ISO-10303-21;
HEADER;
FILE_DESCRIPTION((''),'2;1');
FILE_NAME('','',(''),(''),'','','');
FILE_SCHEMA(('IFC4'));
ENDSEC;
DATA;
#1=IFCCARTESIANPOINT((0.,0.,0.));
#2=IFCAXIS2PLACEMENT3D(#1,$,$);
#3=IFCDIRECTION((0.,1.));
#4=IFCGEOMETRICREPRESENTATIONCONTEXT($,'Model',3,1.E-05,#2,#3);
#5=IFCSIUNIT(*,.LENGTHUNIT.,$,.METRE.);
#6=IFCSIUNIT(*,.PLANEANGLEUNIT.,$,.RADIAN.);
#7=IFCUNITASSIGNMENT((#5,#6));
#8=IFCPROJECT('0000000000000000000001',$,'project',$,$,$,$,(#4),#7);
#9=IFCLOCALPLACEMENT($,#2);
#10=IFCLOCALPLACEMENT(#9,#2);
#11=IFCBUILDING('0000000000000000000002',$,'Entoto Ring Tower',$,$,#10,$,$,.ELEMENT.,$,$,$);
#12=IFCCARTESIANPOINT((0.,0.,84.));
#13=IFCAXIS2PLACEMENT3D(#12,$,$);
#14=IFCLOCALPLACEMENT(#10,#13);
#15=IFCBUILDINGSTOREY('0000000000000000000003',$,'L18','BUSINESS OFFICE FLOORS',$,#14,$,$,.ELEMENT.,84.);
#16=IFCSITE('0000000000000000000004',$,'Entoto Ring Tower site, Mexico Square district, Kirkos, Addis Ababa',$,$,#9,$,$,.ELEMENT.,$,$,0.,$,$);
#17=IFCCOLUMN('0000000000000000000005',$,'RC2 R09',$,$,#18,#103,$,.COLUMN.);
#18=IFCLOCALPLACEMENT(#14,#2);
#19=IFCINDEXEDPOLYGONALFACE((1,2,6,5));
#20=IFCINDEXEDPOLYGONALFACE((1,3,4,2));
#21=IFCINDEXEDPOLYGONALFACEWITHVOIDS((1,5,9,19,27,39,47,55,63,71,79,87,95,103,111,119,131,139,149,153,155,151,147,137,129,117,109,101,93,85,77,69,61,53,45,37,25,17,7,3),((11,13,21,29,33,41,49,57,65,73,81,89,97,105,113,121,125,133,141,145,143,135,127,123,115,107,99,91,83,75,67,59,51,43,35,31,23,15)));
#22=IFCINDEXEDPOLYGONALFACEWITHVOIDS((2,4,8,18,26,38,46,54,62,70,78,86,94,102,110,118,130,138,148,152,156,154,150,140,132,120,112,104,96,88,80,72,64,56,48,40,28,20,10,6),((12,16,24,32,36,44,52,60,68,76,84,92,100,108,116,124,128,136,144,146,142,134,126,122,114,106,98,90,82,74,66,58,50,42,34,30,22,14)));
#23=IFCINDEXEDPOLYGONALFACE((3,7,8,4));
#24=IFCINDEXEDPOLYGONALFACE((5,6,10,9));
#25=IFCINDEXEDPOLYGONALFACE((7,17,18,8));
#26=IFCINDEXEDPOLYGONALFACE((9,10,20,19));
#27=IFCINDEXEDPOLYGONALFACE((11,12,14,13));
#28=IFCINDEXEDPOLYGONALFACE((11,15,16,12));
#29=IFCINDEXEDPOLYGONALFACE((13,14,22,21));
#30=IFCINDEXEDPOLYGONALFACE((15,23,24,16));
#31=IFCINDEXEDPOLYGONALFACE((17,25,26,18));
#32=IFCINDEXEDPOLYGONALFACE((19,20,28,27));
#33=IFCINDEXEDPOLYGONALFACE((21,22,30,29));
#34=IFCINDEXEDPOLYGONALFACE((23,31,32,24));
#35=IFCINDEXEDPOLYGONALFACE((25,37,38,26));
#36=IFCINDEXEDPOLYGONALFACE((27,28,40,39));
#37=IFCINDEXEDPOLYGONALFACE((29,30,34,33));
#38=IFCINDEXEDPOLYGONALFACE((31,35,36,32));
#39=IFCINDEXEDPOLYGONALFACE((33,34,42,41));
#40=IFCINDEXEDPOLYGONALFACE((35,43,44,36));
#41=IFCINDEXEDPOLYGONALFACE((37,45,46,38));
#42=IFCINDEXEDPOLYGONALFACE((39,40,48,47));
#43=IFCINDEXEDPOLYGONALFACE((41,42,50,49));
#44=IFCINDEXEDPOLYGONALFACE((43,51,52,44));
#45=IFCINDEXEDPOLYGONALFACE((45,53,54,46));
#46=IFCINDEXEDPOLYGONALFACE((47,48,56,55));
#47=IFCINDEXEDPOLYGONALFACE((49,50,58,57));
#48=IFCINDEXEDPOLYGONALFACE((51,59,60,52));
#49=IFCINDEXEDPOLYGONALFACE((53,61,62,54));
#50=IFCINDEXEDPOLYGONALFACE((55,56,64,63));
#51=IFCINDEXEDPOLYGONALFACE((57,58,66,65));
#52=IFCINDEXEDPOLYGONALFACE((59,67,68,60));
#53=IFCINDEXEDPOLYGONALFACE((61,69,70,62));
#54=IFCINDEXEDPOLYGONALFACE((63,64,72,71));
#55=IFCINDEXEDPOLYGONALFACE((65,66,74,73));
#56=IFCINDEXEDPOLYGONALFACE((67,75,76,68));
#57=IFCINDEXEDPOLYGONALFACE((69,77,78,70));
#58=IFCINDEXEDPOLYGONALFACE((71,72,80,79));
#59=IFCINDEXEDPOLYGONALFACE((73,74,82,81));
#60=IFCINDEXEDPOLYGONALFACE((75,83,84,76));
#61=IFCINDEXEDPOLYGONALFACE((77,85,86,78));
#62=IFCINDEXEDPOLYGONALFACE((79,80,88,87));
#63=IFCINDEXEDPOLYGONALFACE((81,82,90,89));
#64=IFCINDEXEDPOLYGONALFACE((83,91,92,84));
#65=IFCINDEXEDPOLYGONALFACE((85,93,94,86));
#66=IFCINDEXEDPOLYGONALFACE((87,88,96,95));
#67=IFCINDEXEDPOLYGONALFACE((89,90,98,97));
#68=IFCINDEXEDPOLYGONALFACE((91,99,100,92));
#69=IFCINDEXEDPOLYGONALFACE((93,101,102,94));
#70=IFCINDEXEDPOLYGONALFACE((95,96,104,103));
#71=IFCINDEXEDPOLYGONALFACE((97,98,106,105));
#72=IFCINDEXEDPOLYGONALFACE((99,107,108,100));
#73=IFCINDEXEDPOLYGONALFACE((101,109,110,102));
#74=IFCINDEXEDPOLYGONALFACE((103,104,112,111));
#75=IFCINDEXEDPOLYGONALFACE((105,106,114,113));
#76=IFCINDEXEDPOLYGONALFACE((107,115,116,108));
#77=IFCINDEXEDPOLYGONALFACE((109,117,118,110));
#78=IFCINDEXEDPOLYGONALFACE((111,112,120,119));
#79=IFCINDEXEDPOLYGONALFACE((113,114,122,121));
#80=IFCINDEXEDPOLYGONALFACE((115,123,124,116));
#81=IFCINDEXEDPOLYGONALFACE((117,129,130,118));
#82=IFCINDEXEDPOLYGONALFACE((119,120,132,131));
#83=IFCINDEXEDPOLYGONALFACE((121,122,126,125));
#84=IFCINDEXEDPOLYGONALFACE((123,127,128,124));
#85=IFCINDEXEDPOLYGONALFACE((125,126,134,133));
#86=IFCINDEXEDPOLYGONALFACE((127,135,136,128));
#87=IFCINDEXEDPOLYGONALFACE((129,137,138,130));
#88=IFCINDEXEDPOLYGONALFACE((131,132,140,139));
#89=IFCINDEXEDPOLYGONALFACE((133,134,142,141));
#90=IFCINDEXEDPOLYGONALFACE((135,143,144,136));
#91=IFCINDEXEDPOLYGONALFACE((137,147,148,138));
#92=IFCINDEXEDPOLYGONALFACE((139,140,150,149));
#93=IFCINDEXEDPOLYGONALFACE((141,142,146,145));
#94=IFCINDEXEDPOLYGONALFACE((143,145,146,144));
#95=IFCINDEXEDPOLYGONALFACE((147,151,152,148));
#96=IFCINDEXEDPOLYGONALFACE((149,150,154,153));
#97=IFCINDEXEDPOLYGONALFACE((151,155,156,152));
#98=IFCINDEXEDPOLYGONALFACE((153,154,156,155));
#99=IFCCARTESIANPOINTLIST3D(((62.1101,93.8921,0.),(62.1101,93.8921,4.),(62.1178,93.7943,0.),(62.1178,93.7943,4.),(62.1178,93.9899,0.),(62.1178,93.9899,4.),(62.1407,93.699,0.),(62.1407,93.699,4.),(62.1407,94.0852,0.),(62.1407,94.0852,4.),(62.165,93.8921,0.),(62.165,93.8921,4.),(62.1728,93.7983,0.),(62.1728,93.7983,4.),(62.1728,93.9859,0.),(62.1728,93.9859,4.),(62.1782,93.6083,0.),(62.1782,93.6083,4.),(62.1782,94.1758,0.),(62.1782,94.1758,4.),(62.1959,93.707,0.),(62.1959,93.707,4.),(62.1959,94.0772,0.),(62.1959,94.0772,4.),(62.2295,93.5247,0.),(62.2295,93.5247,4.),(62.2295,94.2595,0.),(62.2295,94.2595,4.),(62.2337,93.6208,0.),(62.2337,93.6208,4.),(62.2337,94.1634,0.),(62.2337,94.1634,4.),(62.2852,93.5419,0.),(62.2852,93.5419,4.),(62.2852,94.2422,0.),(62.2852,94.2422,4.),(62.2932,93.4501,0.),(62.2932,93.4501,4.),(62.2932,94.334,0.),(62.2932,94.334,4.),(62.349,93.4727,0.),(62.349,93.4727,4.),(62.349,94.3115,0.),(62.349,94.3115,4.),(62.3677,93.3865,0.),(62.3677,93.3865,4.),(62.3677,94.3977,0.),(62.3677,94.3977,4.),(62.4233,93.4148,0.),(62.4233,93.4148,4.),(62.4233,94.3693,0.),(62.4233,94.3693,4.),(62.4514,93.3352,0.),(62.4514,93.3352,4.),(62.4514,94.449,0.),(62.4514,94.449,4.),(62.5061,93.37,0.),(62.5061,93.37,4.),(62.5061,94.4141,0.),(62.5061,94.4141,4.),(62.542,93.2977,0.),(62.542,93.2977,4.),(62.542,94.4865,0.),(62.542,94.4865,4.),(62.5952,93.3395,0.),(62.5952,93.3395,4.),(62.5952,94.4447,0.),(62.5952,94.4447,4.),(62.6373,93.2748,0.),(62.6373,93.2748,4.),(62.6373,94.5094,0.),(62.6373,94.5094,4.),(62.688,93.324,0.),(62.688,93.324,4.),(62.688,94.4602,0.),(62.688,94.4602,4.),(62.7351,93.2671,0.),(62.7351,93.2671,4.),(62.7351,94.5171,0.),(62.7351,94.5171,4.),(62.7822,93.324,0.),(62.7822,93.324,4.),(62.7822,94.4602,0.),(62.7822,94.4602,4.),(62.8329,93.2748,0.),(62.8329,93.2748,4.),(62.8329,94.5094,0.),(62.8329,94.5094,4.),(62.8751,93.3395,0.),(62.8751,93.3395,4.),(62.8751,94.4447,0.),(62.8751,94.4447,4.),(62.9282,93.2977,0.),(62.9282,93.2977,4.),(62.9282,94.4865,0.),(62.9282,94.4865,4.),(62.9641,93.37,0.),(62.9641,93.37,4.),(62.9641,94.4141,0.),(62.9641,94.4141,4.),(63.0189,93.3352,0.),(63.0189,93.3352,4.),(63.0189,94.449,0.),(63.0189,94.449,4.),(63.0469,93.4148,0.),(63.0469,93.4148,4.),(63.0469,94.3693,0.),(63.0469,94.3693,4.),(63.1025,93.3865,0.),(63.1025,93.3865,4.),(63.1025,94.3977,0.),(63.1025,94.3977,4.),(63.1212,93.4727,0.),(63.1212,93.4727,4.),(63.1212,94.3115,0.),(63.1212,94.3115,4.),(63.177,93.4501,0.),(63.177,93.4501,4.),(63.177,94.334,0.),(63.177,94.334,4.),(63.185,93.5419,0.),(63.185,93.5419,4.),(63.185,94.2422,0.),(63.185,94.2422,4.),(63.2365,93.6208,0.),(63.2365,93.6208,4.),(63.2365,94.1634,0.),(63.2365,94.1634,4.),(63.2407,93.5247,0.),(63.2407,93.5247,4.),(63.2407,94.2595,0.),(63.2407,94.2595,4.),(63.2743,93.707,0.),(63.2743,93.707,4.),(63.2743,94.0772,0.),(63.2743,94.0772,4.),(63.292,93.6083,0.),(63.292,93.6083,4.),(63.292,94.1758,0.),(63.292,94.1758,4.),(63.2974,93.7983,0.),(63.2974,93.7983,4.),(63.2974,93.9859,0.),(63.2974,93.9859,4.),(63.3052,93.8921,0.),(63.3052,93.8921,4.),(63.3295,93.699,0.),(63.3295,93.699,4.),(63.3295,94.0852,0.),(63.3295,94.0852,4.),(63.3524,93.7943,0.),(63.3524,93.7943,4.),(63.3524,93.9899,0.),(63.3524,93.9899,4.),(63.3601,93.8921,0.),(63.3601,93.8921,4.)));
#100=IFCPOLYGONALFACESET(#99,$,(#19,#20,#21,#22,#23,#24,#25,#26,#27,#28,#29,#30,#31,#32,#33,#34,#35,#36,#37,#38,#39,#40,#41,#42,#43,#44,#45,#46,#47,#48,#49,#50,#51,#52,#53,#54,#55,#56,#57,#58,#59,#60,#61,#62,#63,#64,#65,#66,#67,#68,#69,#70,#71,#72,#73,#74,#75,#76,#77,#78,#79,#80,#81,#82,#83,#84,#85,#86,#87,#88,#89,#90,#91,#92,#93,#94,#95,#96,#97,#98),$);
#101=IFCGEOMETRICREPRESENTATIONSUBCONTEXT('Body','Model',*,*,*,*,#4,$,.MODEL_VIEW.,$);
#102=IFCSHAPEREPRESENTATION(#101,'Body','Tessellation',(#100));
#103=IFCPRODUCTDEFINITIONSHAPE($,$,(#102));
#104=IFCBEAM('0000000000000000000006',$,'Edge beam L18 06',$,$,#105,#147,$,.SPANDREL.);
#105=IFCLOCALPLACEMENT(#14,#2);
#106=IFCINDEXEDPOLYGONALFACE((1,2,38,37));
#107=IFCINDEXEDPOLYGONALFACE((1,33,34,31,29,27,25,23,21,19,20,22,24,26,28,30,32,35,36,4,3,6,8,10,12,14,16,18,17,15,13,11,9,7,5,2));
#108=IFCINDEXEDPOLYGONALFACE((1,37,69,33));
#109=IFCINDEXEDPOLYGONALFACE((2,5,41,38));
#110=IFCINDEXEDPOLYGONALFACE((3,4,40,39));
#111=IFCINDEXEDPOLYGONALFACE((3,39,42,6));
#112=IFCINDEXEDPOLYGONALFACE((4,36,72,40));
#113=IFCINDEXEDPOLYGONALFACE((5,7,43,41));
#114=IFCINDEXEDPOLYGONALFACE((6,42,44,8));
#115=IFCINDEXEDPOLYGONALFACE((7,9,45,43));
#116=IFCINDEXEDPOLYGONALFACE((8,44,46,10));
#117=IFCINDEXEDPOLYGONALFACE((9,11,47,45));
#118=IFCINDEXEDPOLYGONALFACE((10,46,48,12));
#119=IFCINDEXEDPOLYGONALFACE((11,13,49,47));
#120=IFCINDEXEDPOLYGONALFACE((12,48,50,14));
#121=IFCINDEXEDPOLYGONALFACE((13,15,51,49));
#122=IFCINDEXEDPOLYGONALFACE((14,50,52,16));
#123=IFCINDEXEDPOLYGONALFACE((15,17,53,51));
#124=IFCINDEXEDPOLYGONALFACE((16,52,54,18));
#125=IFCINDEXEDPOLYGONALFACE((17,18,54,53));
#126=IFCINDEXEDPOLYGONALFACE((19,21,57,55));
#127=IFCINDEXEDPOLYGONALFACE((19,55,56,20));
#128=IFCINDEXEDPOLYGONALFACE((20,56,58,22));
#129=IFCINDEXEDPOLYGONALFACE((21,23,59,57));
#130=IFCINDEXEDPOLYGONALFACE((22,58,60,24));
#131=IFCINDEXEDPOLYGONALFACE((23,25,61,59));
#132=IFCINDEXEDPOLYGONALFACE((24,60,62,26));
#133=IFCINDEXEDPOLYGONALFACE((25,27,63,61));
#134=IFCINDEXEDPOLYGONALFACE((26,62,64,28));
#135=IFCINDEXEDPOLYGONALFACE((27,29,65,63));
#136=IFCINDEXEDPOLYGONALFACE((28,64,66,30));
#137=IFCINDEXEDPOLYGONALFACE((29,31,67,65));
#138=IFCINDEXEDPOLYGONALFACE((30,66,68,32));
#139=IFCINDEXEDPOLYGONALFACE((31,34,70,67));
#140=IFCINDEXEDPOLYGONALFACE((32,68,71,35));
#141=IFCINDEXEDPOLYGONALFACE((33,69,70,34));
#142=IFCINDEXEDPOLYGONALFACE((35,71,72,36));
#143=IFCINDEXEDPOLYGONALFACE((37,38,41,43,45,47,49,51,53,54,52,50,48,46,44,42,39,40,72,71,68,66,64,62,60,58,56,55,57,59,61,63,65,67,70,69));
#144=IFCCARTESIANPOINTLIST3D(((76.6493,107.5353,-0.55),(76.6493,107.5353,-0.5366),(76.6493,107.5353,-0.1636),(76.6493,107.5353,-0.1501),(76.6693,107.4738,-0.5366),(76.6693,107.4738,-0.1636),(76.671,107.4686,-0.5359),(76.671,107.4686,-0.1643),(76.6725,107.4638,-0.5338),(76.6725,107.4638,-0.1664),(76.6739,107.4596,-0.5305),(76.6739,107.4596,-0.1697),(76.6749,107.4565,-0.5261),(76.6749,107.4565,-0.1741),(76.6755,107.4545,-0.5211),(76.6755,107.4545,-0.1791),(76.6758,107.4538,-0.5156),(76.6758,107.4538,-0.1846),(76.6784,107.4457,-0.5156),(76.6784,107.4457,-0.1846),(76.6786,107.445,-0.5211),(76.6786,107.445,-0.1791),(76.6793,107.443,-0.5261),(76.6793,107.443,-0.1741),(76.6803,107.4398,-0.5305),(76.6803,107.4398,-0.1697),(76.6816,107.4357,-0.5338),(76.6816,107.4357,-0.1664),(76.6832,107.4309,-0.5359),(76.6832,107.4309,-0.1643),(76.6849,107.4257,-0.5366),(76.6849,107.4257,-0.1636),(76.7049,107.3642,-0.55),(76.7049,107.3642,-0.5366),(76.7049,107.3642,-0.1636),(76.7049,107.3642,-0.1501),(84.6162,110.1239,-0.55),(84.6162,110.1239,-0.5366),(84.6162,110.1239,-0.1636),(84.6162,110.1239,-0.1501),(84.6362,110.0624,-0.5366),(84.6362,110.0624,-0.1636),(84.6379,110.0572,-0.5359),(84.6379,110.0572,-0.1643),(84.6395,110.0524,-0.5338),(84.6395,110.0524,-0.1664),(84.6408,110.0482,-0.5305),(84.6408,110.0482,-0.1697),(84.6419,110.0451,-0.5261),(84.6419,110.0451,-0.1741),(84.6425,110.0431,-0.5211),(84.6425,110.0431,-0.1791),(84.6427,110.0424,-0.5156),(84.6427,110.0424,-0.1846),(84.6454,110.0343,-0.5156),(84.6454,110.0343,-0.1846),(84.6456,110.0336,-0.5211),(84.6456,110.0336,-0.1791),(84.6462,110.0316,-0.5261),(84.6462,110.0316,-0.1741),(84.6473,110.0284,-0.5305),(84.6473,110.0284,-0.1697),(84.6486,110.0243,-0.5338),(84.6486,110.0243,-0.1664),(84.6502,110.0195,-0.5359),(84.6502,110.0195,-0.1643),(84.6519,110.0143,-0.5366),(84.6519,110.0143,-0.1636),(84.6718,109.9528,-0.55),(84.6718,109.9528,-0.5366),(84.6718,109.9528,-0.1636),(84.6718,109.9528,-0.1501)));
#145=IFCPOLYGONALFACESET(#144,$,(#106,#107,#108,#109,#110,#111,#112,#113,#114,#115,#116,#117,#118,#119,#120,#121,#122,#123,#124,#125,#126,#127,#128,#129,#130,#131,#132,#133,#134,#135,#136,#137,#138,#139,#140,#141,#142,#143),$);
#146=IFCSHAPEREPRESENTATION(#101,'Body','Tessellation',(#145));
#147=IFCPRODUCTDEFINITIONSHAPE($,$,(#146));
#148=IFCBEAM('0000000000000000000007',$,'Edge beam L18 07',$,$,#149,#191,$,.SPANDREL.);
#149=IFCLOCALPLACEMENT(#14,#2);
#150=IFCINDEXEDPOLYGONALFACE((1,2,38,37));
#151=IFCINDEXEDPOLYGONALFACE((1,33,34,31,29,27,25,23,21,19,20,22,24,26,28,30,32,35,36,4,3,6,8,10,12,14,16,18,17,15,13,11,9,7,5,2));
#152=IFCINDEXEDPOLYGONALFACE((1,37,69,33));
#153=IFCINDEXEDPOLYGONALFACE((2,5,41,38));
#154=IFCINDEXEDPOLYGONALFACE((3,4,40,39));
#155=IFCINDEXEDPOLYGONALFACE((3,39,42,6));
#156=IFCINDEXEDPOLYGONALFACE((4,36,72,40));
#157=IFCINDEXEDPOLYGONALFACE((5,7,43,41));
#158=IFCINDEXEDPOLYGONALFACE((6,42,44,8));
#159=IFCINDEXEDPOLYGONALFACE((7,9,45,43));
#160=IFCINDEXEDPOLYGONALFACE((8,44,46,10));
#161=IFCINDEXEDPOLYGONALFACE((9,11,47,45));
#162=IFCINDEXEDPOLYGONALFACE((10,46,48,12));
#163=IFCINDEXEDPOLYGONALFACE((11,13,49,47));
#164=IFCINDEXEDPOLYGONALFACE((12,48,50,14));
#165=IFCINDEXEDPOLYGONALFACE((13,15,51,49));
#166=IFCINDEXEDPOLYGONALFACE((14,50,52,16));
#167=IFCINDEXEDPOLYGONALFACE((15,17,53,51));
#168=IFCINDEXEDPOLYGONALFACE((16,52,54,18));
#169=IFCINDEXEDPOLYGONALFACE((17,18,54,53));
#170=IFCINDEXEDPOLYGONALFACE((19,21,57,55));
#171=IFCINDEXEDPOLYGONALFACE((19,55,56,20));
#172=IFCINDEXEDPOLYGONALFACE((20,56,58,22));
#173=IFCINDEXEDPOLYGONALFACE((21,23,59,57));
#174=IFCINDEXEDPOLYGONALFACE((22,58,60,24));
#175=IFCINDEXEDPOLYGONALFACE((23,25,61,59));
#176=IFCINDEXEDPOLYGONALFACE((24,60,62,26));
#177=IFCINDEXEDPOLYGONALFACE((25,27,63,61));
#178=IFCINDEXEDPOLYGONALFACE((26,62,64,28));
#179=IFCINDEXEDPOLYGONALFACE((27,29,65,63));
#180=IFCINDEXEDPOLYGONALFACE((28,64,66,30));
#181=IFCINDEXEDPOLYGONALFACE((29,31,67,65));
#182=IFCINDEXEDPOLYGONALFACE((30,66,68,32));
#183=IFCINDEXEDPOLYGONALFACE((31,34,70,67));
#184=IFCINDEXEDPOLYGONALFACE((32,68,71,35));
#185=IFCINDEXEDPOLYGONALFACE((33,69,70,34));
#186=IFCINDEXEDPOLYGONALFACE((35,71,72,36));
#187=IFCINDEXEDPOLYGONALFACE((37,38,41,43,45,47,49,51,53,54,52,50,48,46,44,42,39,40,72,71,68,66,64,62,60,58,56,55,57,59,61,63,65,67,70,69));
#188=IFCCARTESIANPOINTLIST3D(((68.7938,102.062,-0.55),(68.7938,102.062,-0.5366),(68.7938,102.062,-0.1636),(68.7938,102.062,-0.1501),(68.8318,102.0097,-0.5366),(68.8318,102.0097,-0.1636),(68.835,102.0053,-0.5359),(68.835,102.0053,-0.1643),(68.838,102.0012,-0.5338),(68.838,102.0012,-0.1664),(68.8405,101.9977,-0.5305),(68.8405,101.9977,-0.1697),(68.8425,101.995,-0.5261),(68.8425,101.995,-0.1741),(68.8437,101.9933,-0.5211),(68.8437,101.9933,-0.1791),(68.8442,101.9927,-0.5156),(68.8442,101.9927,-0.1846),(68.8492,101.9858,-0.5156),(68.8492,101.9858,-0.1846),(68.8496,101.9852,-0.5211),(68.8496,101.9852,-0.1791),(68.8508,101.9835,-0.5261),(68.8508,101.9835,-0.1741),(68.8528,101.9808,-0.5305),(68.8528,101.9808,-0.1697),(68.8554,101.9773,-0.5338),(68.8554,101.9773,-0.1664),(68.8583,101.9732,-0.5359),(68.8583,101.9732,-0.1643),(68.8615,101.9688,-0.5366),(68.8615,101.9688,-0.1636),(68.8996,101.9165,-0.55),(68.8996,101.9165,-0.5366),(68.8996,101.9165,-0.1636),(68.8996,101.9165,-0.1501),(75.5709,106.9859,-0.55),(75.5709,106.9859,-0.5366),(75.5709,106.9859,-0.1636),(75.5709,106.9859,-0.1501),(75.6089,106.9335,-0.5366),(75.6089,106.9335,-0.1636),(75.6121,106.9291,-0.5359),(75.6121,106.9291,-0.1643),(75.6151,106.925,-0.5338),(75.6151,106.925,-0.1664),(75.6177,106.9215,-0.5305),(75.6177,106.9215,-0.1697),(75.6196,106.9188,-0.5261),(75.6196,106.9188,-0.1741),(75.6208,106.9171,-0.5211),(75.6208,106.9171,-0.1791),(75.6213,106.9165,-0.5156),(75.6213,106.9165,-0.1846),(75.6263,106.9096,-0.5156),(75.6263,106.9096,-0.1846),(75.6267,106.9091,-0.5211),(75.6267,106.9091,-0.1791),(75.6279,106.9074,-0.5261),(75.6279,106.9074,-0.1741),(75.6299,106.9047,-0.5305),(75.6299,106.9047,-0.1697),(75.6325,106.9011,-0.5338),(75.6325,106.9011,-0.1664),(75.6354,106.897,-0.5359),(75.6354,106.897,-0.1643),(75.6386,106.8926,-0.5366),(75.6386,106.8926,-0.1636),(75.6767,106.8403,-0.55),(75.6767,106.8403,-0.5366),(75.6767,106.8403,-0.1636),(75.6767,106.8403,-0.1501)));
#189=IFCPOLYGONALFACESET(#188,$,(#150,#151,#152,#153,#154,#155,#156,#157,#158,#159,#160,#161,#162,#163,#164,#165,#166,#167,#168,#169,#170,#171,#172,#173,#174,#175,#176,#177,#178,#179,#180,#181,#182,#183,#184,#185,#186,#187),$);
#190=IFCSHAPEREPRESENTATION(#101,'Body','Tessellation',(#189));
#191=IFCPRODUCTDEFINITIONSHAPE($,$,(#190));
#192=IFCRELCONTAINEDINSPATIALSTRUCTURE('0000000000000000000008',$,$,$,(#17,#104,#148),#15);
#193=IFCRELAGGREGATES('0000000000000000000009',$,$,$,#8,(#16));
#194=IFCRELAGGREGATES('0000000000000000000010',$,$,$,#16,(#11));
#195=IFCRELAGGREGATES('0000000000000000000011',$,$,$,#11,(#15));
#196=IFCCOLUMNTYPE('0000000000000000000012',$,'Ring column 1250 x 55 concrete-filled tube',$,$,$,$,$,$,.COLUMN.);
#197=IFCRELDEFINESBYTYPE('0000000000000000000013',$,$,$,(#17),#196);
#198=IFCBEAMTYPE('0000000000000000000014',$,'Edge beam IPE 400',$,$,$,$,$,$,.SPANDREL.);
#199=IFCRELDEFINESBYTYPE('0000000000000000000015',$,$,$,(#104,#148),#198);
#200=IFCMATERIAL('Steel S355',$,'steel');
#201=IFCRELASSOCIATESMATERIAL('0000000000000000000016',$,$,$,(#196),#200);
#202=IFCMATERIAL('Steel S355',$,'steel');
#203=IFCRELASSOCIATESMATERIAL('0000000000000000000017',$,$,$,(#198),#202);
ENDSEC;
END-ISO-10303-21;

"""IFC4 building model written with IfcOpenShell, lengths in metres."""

from ifc_helpers import new_model, si_unit, direction, frame, origin, origin_2d, place, context, subcontext, project, spatial, circle, hollow_circle, i_section, extrude, material, material_profile, profile_set, type_object, element, save


model = new_model("IFC4")

# Units and contexts
model_context = context("Model", 3, precision=1e-05, world=origin(), true_north=direction((0.0, 1.0)))
body_context = subcontext(model_context, "Body", "Model", "MODEL_VIEW")
ifc_project = project(units=[si_unit("LENGTHUNIT", "METRE"), si_unit("PLANEANGLEUNIT", "RADIAN")], contexts=[model_context])

# Site, building, storey
site_placement = place(None, origin())
site = spatial("IfcSite", under=ifc_project, at=site_placement, Name="Entoto Ring Tower site, Mexico Square district, Kirkos, Addis Ababa", CompositionType="ELEMENT", RefElevation=0.0)
building_placement = place(site_placement, origin())
building = spatial("IfcBuilding", under=site, at=building_placement, Name="Entoto Ring Tower", CompositionType="ELEMENT")
storey_placement = place(building_placement, frame((0.0, 0.0, 84.0)))
storey = spatial("IfcBuildingStorey", under=building, at=storey_placement, Name="L18", Description="BUSINESS OFFICE FLOORS", CompositionType="ELEMENT", Elevation=84.0)

# Column
ifc_material_1 = material(Name="Steel S355", Category="steel")
ifc_material_profile_1 = material_profile(ifc_material_1, hollow_circle(Radius=0.625, WallThickness=0.0549, at=origin_2d()), Name="CHS 1250 x 55")
ifc_material_2 = material(Name="Concrete C60/75", Category="concrete")
ifc_material_profile_2 = material_profile(ifc_material_2, circle(Radius=0.5701, at=origin_2d()), Name="Concrete C60/75 infill")
ifc_profile_set_1 = profile_set([ifc_material_profile_1, ifc_material_profile_2], Name="Steel S355")
column_type = type_object("IfcColumnType", Name="Ring column 1250 x 55 concrete-filled tube", PredefinedType="COLUMN", material=ifc_profile_set_1)
for number, where, z_axis, x_axis, name in (
    (1, (62.7351, 93.8921, 0.0), (0.0, 0.0, 1.0), (1.0, 0.0, 0.0), "RC2 R09"),
):
    element("IfcColumn", number, at=place(storey_placement, frame(where, z_axis=z_axis, x_axis=x_axis)), inside=storey, type_object=column_type, Name=name, PredefinedType="COLUMN", context=body_context, shape_type="SweptSolid", body=[
        extrude(hollow_circle(Radius=0.625, WallThickness=0.0549, at=origin_2d()), origin(), (0.0, 0.0, 1.0), 4.0),
    ])

# Beams
ifc_material_3 = material(Name="Steel S355", Category="steel")
ifc_material_profile_3 = material_profile(ifc_material_3, i_section(OverallWidth=0.1799, OverallDepth=0.3999, WebThickness=0.0085, FlangeThickness=0.0134, FilletRadius=0.021, at=origin_2d()), Name="IPE 400")
ifc_profile_set_2 = profile_set([ifc_material_profile_3], Name="Steel S355")
beam_type_1 = type_object("IfcBeamType", Name="Edge beam IPE 400", PredefinedType="SPANDREL", material=ifc_profile_set_2)
for number, where, z_axis, x_axis, name in (
    (2, (84.644, 110.0383, -0.3501), (-0.951057, -0.309014, 0.0), (0.309014, -0.951057, 0.0), "Edge beam L18 06"),
    (3, (75.6238, 106.9131, -0.3501), (-0.809018, -0.587783, 0.0), (0.587783, -0.809018, 0.0), "Edge beam L18 07"),
):
    element("IfcBeam", number, at=place(storey_placement, frame(where, z_axis=z_axis, x_axis=x_axis)), inside=storey, type_object=beam_type_1, Name=name, PredefinedType="SPANDREL", context=body_context, shape_type="SweptSolid", body=[
        extrude(i_section(OverallWidth=0.1799, OverallDepth=0.3999, WebThickness=0.0085, FlangeThickness=0.0134, FilletRadius=0.021, at=origin_2d()), origin(), (0.0, 0.0, 1.0), 8.377),
    ])

save(model, "model.ifc")
